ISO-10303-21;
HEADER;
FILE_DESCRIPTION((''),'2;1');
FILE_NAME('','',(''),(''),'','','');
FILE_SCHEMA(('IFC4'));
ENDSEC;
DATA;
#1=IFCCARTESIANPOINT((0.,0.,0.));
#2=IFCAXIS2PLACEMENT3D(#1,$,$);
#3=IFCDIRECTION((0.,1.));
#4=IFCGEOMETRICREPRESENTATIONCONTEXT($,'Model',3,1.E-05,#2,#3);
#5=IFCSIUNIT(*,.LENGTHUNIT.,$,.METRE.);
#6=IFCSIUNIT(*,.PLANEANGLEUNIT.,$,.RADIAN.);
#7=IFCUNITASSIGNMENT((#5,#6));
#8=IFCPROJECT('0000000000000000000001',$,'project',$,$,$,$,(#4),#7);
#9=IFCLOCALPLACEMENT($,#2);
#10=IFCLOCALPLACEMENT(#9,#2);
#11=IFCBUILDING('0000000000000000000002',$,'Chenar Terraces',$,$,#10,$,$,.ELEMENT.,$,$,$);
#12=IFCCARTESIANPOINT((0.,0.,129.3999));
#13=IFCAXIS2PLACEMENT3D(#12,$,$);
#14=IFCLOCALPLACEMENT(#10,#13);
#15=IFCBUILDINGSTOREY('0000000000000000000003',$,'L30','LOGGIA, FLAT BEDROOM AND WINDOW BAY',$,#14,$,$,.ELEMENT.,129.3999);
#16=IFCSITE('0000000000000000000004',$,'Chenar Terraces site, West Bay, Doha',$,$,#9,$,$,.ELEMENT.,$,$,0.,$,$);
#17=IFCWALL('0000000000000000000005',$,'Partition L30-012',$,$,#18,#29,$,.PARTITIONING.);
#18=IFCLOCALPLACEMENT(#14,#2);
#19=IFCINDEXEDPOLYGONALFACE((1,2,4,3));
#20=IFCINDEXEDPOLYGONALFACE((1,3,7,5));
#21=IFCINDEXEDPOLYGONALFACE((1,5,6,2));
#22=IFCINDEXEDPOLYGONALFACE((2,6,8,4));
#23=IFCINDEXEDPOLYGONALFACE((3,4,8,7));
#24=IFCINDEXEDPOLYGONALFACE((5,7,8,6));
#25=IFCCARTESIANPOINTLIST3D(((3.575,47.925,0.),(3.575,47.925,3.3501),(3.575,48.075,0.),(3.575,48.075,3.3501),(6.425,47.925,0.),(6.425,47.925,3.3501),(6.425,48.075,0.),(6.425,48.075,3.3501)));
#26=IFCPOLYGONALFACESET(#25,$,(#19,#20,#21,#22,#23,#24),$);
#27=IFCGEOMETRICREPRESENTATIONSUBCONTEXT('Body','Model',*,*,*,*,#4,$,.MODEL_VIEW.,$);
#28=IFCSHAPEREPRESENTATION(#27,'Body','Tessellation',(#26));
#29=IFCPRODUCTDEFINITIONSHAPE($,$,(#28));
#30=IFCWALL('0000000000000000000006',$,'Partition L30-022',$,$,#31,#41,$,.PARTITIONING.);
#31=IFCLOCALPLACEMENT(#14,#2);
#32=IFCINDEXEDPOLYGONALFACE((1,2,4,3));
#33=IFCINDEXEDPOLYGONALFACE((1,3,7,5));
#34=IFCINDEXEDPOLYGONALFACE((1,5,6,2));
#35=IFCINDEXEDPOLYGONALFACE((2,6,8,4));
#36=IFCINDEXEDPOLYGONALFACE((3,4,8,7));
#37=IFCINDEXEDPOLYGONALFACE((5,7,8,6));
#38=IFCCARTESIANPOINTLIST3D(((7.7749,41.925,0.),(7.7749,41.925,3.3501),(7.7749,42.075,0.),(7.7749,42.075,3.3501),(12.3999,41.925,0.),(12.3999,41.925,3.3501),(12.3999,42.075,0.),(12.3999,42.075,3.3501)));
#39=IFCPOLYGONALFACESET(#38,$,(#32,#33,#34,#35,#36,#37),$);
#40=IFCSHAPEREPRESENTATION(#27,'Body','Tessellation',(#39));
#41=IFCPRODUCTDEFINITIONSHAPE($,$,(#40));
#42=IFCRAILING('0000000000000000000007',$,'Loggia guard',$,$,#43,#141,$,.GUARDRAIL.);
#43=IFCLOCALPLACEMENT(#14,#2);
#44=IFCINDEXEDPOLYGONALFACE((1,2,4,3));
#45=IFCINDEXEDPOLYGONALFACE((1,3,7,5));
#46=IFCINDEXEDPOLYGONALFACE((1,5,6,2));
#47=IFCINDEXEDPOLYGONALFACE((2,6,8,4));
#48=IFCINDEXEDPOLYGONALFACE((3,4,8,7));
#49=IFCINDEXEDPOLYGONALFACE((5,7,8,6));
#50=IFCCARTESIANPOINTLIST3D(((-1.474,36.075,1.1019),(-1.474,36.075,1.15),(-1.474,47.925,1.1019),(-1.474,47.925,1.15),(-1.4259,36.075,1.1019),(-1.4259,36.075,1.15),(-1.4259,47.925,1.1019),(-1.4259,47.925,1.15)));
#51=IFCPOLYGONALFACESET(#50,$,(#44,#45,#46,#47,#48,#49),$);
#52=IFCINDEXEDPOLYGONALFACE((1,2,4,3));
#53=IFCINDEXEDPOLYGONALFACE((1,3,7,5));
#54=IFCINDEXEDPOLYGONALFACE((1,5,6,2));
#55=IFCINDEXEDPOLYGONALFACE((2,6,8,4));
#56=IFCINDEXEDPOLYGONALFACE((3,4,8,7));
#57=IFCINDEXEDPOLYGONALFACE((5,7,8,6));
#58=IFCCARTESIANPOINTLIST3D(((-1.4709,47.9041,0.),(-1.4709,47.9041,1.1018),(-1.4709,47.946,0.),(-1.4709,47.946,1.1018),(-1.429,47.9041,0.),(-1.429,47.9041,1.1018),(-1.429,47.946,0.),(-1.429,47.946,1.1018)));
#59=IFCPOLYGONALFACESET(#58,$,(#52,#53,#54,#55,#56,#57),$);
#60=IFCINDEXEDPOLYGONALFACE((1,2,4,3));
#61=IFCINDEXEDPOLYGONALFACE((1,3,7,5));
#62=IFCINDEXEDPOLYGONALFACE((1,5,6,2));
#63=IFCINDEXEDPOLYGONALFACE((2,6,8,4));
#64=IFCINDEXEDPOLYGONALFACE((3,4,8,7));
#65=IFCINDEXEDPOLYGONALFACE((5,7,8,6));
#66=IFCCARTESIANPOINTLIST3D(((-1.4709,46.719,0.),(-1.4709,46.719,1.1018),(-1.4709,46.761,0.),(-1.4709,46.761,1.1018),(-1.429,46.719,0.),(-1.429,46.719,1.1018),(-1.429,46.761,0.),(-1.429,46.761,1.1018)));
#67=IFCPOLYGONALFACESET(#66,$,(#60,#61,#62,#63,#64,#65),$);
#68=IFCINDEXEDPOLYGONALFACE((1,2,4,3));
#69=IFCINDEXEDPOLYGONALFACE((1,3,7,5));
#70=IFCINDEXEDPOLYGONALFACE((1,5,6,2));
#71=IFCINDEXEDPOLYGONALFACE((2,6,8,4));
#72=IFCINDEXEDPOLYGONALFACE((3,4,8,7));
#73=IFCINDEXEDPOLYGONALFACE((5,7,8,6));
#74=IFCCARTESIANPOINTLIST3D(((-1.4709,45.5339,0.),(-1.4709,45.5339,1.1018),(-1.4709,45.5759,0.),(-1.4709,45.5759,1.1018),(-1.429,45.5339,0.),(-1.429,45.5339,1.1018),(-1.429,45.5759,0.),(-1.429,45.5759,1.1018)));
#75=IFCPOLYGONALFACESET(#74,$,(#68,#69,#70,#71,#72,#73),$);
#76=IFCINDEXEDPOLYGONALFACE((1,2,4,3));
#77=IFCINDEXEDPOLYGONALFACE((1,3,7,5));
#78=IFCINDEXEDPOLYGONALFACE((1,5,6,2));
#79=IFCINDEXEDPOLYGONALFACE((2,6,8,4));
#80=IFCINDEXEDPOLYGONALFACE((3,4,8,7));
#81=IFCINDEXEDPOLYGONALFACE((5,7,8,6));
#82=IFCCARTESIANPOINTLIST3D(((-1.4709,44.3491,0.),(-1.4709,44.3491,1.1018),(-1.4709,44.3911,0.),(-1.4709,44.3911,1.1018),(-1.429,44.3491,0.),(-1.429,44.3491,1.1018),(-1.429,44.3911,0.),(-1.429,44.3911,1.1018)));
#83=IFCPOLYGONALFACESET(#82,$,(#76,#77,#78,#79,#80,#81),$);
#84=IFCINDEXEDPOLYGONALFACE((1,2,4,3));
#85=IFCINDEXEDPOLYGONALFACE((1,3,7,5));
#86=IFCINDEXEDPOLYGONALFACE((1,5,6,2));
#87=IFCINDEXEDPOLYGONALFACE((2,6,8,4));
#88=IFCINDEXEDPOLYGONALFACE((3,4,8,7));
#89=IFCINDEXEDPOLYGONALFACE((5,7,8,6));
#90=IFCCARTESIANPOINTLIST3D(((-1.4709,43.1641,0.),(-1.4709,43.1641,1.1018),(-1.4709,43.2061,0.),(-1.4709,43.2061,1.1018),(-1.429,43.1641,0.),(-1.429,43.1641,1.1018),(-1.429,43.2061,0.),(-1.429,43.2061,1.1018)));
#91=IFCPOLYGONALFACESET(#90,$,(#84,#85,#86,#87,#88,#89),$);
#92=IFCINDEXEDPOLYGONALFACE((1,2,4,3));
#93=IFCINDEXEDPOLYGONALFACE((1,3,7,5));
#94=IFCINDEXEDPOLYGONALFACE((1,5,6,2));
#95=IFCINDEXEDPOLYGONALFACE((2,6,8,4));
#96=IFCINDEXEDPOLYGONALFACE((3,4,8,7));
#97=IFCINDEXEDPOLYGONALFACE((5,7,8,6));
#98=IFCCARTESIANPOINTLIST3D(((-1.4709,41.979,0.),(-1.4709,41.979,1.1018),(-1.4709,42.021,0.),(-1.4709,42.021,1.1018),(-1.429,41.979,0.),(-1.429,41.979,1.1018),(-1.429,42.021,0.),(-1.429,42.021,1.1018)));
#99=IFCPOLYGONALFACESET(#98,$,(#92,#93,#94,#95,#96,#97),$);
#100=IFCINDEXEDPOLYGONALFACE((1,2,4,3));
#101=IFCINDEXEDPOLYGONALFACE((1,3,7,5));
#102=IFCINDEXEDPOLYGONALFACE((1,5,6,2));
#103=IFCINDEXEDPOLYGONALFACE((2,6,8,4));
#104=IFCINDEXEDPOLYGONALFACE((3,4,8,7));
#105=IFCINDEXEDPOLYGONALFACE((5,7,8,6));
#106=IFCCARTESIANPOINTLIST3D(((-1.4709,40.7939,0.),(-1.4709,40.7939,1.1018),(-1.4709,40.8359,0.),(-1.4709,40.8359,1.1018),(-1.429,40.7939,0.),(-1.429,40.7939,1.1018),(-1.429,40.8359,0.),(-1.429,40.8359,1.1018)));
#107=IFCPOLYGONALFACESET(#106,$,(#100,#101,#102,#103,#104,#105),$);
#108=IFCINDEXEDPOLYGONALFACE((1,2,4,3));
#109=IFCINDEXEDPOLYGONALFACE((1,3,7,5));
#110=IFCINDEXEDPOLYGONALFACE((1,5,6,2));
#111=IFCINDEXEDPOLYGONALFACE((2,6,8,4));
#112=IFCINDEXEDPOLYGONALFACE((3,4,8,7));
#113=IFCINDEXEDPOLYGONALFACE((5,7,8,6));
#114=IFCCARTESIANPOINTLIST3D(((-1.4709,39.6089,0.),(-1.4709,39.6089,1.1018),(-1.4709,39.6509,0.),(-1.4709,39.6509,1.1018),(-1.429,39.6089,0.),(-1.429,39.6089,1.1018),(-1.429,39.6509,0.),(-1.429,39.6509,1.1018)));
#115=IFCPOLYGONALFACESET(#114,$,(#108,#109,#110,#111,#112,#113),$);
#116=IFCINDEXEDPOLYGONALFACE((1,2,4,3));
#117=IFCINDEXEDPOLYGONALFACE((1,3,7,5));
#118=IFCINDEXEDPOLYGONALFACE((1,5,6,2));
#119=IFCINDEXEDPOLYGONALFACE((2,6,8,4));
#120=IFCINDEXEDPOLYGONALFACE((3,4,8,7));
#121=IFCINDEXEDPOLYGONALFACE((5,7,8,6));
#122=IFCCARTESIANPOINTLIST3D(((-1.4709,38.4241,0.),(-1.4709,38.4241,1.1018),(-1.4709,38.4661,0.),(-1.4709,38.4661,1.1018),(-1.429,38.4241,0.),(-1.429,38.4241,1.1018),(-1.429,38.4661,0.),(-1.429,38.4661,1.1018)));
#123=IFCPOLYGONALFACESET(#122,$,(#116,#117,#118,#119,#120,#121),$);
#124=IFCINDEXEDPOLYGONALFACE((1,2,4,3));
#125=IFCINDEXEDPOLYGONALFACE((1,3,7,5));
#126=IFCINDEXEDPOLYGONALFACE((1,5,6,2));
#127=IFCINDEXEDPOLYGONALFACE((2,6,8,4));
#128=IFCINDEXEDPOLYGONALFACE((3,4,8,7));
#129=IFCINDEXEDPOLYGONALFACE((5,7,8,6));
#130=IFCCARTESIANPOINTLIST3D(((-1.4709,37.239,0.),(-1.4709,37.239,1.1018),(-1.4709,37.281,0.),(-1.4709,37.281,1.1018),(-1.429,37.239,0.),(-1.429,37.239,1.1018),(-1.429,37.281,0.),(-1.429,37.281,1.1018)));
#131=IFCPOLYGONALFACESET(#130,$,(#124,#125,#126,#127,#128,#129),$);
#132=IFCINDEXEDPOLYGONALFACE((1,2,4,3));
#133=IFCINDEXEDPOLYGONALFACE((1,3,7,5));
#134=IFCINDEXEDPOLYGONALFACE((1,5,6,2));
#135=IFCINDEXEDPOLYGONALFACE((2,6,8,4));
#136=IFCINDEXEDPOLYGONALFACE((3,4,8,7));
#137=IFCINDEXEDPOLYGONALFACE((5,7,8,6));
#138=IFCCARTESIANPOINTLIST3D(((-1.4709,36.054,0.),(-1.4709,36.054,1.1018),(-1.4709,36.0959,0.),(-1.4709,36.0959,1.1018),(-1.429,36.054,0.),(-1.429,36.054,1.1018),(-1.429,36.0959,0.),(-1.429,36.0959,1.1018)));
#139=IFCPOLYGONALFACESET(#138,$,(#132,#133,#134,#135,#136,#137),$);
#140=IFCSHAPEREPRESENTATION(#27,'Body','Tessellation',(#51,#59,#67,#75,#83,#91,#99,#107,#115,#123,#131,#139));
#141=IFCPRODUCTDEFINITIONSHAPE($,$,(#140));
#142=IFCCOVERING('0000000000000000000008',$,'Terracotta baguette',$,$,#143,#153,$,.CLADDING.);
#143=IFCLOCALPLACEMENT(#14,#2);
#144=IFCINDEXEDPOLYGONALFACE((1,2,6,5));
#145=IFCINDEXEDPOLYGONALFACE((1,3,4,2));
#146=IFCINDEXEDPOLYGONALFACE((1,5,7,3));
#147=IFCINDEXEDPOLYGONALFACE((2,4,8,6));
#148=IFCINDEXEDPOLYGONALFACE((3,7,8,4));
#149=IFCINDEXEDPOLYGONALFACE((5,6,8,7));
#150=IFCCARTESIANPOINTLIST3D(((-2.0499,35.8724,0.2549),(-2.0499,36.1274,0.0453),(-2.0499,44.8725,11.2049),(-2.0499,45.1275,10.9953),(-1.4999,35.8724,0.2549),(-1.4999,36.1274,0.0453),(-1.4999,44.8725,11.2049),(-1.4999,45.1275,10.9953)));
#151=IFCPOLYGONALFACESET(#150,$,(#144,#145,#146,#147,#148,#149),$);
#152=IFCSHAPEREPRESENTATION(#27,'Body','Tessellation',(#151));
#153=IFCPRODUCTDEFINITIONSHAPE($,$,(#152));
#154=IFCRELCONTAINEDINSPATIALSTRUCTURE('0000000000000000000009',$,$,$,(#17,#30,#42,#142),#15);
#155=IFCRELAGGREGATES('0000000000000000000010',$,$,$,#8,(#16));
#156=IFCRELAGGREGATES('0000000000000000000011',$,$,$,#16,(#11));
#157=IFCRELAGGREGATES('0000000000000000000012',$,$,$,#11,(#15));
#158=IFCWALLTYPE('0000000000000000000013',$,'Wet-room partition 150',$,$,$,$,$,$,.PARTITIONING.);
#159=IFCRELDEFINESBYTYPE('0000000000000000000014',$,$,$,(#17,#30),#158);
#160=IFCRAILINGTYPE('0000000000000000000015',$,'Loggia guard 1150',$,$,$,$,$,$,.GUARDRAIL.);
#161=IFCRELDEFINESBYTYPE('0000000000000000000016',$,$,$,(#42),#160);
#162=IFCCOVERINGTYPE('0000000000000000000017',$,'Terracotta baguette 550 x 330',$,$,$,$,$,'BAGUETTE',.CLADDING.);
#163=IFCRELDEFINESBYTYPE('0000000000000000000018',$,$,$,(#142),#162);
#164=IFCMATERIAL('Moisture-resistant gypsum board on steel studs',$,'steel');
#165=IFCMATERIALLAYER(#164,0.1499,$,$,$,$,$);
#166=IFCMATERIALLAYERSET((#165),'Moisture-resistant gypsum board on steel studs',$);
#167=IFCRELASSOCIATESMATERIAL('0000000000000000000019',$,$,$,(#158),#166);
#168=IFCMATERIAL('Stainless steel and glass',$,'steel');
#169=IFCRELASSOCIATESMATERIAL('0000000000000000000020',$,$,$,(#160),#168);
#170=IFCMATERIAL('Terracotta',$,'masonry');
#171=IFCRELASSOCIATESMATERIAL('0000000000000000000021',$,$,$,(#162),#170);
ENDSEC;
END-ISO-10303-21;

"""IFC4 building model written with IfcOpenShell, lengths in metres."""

from ifc_helpers import new_model, si_unit, direction, frame, frame_2d, origin, origin_2d, place, context, subcontext, project, spatial, rectangle, extrude, material, layer, layer_set, material_profile, profile_set, type_object, element, save


model = new_model("IFC4")

# Units and contexts
model_context = context("Model", 3, precision=1e-05, world=origin(), true_north=direction((0.0, 1.0)))
body_context = subcontext(model_context, "Body", "Model", "MODEL_VIEW")
ifc_project = project(units=[si_unit("LENGTHUNIT", "METRE"), si_unit("PLANEANGLEUNIT", "RADIAN")], contexts=[model_context])

# Site, building, storey
site_placement = place(None, origin())
site = spatial("IfcSite", under=ifc_project, at=site_placement, Name="Chenar Terraces site, West Bay, Doha", CompositionType="ELEMENT", RefElevation=0.0)
building_placement = place(site_placement, origin())
building = spatial("IfcBuilding", under=site, at=building_placement, Name="Chenar Terraces", CompositionType="ELEMENT")
storey_placement = place(building_placement, frame((0.0, 0.0, 129.3999)))
storey = spatial("IfcBuildingStorey", under=building, at=storey_placement, Name="L30", Description="LOGGIA, FLAT BEDROOM AND WINDOW BAY", CompositionType="ELEMENT", Elevation=129.3999)

# Shared definitions
ifc_material_1 = material(Name="Moisture-resistant gypsum board on steel studs", Category="steel")
ifc_layer_1 = layer(ifc_material_1, 0.1499)
ifc_layer_set_1 = layer_set([ifc_layer_1], Name="Moisture-resistant gypsum board on steel studs")
wall_type_1 = type_object("IfcWallType", Name="Wet-room partition 150", PredefinedType="PARTITIONING", material=ifc_layer_set_1)

# Walls
wall_1_placement = place(storey_placement, frame((3.575, 48.0, 0.0), z_axis=(0.0, 0.0, 1.0), x_axis=(1.0, 0.0, 0.0)))
element("IfcWall", 1, at=wall_1_placement, inside=storey, type_object=wall_type_1, Name="Partition L30-012", PredefinedType="PARTITIONING", context=body_context, shape_type="SweptSolid", body=[
    extrude(rectangle(XDim=2.8501, YDim=0.1499, at=frame_2d((1.425, 0.0))), origin(), (0.0, 0.0, 1.0), 3.3501),
])
wall_2_placement = place(storey_placement, frame((7.7749, 42.0, 0.0), z_axis=(0.0, 0.0, 1.0), x_axis=(1.0, 0.0, 0.0)))
element("IfcWall", 2, at=wall_2_placement, inside=storey, type_object=wall_type_1, Name="Partition L30-022", PredefinedType="PARTITIONING", context=body_context, shape_type="SweptSolid", body=[
    extrude(rectangle(XDim=4.625, YDim=0.1499, at=frame_2d((2.3125, 0.0))), origin(), (0.0, 0.0, 1.0), 3.3501),
])

# Railing
ifc_material_2 = material(Name="Stainless steel and glass", Category="steel")
railing_type = type_object("IfcRailingType", Name="Loggia guard 1150", PredefinedType="GUARDRAIL", material=ifc_material_2)
railing_placement = place(storey_placement, frame((-1.45, 47.925, 0.0)))
element("IfcRailing", 3, at=railing_placement, inside=storey, type_object=railing_type, Name="Loggia guard", PredefinedType="GUARDRAIL", context=body_context, shape_type="SweptSolid", body=[
    extrude(rectangle(XDim=0.0481, YDim=0.0481, at=origin_2d()), frame((0.0, 0.0, 1.126), z_axis=(0.0, -1.0, 0.0), x_axis=(1.0, 0.0, 0.0)), (0.0, 0.0, 1.0), 11.8501),
    extrude(rectangle(XDim=0.042, YDim=0.042, at=origin_2d()), origin(), (0.0, 0.0, 1.0), 1.1018),
    extrude(rectangle(XDim=0.042, YDim=0.042, at=origin_2d()), frame((0.0, -1.1851, 0.0)), (0.0, 0.0, 1.0), 1.1018),
    extrude(rectangle(XDim=0.042, YDim=0.042, at=origin_2d()), frame((0.0, -2.3701, 0.0)), (0.0, 0.0, 1.0), 1.1018),
    extrude(rectangle(XDim=0.042, YDim=0.042, at=origin_2d()), frame((0.0, -3.5549, 0.0)), (0.0, 0.0, 1.0), 1.1018),
    extrude(rectangle(XDim=0.042, YDim=0.042, at=origin_2d()), frame((0.0, -4.74, 0.0)), (0.0, 0.0, 1.0), 1.1018),
    extrude(rectangle(XDim=0.042, YDim=0.042, at=origin_2d()), frame((0.0, -5.925, 0.0)), (0.0, 0.0, 1.0), 1.1018),
    extrude(rectangle(XDim=0.042, YDim=0.042, at=origin_2d()), frame((0.0, -7.1101, 0.0)), (0.0, 0.0, 1.0), 1.1018),
    extrude(rectangle(XDim=0.042, YDim=0.042, at=origin_2d()), frame((0.0, -8.2952, 0.0)), (0.0, 0.0, 1.0), 1.1018),
    extrude(rectangle(XDim=0.042, YDim=0.042, at=origin_2d()), frame((0.0, -9.48, 0.0)), (0.0, 0.0, 1.0), 1.1018),
    extrude(rectangle(XDim=0.042, YDim=0.042, at=origin_2d()), frame((0.0, -10.665, 0.0)), (0.0, 0.0, 1.0), 1.1018),
    extrude(rectangle(XDim=0.042, YDim=0.042, at=origin_2d()), frame((0.0, -11.8501, 0.0)), (0.0, 0.0, 1.0), 1.1018),
])

# Covering
ifc_material_3 = material(Name="Terracotta", Category="masonry")
ifc_material_profile_1 = material_profile(ifc_material_3, rectangle(XDim=0.55, YDim=0.3301, at=origin_2d()), Name="Terracotta baguette 550 x 330")
ifc_profile_set_1 = profile_set([ifc_material_profile_1], Name="Terracotta")
covering_type = type_object("IfcCoveringType", Name="Terracotta baguette 550 x 330", ElementType="BAGUETTE", PredefinedType="CLADDING", material=ifc_profile_set_1)
covering_placement = place(storey_placement, frame((-1.7749, 45.0, 11.1001), z_axis=(0.0, -0.634967, -0.772539), x_axis=(1.0, 0.0, 0.0)))
element("IfcCovering", 4, at=covering_placement, inside=storey, type_object=covering_type, Name="Terracotta baguette", PredefinedType="CLADDING", context=body_context, shape_type="SweptSolid", body=[
    extrude(rectangle(XDim=0.55, YDim=0.3301, at=origin_2d()), origin(), (0.0, 0.0, 1.0), 14.1741),
])

save(model, "model.ifc")
